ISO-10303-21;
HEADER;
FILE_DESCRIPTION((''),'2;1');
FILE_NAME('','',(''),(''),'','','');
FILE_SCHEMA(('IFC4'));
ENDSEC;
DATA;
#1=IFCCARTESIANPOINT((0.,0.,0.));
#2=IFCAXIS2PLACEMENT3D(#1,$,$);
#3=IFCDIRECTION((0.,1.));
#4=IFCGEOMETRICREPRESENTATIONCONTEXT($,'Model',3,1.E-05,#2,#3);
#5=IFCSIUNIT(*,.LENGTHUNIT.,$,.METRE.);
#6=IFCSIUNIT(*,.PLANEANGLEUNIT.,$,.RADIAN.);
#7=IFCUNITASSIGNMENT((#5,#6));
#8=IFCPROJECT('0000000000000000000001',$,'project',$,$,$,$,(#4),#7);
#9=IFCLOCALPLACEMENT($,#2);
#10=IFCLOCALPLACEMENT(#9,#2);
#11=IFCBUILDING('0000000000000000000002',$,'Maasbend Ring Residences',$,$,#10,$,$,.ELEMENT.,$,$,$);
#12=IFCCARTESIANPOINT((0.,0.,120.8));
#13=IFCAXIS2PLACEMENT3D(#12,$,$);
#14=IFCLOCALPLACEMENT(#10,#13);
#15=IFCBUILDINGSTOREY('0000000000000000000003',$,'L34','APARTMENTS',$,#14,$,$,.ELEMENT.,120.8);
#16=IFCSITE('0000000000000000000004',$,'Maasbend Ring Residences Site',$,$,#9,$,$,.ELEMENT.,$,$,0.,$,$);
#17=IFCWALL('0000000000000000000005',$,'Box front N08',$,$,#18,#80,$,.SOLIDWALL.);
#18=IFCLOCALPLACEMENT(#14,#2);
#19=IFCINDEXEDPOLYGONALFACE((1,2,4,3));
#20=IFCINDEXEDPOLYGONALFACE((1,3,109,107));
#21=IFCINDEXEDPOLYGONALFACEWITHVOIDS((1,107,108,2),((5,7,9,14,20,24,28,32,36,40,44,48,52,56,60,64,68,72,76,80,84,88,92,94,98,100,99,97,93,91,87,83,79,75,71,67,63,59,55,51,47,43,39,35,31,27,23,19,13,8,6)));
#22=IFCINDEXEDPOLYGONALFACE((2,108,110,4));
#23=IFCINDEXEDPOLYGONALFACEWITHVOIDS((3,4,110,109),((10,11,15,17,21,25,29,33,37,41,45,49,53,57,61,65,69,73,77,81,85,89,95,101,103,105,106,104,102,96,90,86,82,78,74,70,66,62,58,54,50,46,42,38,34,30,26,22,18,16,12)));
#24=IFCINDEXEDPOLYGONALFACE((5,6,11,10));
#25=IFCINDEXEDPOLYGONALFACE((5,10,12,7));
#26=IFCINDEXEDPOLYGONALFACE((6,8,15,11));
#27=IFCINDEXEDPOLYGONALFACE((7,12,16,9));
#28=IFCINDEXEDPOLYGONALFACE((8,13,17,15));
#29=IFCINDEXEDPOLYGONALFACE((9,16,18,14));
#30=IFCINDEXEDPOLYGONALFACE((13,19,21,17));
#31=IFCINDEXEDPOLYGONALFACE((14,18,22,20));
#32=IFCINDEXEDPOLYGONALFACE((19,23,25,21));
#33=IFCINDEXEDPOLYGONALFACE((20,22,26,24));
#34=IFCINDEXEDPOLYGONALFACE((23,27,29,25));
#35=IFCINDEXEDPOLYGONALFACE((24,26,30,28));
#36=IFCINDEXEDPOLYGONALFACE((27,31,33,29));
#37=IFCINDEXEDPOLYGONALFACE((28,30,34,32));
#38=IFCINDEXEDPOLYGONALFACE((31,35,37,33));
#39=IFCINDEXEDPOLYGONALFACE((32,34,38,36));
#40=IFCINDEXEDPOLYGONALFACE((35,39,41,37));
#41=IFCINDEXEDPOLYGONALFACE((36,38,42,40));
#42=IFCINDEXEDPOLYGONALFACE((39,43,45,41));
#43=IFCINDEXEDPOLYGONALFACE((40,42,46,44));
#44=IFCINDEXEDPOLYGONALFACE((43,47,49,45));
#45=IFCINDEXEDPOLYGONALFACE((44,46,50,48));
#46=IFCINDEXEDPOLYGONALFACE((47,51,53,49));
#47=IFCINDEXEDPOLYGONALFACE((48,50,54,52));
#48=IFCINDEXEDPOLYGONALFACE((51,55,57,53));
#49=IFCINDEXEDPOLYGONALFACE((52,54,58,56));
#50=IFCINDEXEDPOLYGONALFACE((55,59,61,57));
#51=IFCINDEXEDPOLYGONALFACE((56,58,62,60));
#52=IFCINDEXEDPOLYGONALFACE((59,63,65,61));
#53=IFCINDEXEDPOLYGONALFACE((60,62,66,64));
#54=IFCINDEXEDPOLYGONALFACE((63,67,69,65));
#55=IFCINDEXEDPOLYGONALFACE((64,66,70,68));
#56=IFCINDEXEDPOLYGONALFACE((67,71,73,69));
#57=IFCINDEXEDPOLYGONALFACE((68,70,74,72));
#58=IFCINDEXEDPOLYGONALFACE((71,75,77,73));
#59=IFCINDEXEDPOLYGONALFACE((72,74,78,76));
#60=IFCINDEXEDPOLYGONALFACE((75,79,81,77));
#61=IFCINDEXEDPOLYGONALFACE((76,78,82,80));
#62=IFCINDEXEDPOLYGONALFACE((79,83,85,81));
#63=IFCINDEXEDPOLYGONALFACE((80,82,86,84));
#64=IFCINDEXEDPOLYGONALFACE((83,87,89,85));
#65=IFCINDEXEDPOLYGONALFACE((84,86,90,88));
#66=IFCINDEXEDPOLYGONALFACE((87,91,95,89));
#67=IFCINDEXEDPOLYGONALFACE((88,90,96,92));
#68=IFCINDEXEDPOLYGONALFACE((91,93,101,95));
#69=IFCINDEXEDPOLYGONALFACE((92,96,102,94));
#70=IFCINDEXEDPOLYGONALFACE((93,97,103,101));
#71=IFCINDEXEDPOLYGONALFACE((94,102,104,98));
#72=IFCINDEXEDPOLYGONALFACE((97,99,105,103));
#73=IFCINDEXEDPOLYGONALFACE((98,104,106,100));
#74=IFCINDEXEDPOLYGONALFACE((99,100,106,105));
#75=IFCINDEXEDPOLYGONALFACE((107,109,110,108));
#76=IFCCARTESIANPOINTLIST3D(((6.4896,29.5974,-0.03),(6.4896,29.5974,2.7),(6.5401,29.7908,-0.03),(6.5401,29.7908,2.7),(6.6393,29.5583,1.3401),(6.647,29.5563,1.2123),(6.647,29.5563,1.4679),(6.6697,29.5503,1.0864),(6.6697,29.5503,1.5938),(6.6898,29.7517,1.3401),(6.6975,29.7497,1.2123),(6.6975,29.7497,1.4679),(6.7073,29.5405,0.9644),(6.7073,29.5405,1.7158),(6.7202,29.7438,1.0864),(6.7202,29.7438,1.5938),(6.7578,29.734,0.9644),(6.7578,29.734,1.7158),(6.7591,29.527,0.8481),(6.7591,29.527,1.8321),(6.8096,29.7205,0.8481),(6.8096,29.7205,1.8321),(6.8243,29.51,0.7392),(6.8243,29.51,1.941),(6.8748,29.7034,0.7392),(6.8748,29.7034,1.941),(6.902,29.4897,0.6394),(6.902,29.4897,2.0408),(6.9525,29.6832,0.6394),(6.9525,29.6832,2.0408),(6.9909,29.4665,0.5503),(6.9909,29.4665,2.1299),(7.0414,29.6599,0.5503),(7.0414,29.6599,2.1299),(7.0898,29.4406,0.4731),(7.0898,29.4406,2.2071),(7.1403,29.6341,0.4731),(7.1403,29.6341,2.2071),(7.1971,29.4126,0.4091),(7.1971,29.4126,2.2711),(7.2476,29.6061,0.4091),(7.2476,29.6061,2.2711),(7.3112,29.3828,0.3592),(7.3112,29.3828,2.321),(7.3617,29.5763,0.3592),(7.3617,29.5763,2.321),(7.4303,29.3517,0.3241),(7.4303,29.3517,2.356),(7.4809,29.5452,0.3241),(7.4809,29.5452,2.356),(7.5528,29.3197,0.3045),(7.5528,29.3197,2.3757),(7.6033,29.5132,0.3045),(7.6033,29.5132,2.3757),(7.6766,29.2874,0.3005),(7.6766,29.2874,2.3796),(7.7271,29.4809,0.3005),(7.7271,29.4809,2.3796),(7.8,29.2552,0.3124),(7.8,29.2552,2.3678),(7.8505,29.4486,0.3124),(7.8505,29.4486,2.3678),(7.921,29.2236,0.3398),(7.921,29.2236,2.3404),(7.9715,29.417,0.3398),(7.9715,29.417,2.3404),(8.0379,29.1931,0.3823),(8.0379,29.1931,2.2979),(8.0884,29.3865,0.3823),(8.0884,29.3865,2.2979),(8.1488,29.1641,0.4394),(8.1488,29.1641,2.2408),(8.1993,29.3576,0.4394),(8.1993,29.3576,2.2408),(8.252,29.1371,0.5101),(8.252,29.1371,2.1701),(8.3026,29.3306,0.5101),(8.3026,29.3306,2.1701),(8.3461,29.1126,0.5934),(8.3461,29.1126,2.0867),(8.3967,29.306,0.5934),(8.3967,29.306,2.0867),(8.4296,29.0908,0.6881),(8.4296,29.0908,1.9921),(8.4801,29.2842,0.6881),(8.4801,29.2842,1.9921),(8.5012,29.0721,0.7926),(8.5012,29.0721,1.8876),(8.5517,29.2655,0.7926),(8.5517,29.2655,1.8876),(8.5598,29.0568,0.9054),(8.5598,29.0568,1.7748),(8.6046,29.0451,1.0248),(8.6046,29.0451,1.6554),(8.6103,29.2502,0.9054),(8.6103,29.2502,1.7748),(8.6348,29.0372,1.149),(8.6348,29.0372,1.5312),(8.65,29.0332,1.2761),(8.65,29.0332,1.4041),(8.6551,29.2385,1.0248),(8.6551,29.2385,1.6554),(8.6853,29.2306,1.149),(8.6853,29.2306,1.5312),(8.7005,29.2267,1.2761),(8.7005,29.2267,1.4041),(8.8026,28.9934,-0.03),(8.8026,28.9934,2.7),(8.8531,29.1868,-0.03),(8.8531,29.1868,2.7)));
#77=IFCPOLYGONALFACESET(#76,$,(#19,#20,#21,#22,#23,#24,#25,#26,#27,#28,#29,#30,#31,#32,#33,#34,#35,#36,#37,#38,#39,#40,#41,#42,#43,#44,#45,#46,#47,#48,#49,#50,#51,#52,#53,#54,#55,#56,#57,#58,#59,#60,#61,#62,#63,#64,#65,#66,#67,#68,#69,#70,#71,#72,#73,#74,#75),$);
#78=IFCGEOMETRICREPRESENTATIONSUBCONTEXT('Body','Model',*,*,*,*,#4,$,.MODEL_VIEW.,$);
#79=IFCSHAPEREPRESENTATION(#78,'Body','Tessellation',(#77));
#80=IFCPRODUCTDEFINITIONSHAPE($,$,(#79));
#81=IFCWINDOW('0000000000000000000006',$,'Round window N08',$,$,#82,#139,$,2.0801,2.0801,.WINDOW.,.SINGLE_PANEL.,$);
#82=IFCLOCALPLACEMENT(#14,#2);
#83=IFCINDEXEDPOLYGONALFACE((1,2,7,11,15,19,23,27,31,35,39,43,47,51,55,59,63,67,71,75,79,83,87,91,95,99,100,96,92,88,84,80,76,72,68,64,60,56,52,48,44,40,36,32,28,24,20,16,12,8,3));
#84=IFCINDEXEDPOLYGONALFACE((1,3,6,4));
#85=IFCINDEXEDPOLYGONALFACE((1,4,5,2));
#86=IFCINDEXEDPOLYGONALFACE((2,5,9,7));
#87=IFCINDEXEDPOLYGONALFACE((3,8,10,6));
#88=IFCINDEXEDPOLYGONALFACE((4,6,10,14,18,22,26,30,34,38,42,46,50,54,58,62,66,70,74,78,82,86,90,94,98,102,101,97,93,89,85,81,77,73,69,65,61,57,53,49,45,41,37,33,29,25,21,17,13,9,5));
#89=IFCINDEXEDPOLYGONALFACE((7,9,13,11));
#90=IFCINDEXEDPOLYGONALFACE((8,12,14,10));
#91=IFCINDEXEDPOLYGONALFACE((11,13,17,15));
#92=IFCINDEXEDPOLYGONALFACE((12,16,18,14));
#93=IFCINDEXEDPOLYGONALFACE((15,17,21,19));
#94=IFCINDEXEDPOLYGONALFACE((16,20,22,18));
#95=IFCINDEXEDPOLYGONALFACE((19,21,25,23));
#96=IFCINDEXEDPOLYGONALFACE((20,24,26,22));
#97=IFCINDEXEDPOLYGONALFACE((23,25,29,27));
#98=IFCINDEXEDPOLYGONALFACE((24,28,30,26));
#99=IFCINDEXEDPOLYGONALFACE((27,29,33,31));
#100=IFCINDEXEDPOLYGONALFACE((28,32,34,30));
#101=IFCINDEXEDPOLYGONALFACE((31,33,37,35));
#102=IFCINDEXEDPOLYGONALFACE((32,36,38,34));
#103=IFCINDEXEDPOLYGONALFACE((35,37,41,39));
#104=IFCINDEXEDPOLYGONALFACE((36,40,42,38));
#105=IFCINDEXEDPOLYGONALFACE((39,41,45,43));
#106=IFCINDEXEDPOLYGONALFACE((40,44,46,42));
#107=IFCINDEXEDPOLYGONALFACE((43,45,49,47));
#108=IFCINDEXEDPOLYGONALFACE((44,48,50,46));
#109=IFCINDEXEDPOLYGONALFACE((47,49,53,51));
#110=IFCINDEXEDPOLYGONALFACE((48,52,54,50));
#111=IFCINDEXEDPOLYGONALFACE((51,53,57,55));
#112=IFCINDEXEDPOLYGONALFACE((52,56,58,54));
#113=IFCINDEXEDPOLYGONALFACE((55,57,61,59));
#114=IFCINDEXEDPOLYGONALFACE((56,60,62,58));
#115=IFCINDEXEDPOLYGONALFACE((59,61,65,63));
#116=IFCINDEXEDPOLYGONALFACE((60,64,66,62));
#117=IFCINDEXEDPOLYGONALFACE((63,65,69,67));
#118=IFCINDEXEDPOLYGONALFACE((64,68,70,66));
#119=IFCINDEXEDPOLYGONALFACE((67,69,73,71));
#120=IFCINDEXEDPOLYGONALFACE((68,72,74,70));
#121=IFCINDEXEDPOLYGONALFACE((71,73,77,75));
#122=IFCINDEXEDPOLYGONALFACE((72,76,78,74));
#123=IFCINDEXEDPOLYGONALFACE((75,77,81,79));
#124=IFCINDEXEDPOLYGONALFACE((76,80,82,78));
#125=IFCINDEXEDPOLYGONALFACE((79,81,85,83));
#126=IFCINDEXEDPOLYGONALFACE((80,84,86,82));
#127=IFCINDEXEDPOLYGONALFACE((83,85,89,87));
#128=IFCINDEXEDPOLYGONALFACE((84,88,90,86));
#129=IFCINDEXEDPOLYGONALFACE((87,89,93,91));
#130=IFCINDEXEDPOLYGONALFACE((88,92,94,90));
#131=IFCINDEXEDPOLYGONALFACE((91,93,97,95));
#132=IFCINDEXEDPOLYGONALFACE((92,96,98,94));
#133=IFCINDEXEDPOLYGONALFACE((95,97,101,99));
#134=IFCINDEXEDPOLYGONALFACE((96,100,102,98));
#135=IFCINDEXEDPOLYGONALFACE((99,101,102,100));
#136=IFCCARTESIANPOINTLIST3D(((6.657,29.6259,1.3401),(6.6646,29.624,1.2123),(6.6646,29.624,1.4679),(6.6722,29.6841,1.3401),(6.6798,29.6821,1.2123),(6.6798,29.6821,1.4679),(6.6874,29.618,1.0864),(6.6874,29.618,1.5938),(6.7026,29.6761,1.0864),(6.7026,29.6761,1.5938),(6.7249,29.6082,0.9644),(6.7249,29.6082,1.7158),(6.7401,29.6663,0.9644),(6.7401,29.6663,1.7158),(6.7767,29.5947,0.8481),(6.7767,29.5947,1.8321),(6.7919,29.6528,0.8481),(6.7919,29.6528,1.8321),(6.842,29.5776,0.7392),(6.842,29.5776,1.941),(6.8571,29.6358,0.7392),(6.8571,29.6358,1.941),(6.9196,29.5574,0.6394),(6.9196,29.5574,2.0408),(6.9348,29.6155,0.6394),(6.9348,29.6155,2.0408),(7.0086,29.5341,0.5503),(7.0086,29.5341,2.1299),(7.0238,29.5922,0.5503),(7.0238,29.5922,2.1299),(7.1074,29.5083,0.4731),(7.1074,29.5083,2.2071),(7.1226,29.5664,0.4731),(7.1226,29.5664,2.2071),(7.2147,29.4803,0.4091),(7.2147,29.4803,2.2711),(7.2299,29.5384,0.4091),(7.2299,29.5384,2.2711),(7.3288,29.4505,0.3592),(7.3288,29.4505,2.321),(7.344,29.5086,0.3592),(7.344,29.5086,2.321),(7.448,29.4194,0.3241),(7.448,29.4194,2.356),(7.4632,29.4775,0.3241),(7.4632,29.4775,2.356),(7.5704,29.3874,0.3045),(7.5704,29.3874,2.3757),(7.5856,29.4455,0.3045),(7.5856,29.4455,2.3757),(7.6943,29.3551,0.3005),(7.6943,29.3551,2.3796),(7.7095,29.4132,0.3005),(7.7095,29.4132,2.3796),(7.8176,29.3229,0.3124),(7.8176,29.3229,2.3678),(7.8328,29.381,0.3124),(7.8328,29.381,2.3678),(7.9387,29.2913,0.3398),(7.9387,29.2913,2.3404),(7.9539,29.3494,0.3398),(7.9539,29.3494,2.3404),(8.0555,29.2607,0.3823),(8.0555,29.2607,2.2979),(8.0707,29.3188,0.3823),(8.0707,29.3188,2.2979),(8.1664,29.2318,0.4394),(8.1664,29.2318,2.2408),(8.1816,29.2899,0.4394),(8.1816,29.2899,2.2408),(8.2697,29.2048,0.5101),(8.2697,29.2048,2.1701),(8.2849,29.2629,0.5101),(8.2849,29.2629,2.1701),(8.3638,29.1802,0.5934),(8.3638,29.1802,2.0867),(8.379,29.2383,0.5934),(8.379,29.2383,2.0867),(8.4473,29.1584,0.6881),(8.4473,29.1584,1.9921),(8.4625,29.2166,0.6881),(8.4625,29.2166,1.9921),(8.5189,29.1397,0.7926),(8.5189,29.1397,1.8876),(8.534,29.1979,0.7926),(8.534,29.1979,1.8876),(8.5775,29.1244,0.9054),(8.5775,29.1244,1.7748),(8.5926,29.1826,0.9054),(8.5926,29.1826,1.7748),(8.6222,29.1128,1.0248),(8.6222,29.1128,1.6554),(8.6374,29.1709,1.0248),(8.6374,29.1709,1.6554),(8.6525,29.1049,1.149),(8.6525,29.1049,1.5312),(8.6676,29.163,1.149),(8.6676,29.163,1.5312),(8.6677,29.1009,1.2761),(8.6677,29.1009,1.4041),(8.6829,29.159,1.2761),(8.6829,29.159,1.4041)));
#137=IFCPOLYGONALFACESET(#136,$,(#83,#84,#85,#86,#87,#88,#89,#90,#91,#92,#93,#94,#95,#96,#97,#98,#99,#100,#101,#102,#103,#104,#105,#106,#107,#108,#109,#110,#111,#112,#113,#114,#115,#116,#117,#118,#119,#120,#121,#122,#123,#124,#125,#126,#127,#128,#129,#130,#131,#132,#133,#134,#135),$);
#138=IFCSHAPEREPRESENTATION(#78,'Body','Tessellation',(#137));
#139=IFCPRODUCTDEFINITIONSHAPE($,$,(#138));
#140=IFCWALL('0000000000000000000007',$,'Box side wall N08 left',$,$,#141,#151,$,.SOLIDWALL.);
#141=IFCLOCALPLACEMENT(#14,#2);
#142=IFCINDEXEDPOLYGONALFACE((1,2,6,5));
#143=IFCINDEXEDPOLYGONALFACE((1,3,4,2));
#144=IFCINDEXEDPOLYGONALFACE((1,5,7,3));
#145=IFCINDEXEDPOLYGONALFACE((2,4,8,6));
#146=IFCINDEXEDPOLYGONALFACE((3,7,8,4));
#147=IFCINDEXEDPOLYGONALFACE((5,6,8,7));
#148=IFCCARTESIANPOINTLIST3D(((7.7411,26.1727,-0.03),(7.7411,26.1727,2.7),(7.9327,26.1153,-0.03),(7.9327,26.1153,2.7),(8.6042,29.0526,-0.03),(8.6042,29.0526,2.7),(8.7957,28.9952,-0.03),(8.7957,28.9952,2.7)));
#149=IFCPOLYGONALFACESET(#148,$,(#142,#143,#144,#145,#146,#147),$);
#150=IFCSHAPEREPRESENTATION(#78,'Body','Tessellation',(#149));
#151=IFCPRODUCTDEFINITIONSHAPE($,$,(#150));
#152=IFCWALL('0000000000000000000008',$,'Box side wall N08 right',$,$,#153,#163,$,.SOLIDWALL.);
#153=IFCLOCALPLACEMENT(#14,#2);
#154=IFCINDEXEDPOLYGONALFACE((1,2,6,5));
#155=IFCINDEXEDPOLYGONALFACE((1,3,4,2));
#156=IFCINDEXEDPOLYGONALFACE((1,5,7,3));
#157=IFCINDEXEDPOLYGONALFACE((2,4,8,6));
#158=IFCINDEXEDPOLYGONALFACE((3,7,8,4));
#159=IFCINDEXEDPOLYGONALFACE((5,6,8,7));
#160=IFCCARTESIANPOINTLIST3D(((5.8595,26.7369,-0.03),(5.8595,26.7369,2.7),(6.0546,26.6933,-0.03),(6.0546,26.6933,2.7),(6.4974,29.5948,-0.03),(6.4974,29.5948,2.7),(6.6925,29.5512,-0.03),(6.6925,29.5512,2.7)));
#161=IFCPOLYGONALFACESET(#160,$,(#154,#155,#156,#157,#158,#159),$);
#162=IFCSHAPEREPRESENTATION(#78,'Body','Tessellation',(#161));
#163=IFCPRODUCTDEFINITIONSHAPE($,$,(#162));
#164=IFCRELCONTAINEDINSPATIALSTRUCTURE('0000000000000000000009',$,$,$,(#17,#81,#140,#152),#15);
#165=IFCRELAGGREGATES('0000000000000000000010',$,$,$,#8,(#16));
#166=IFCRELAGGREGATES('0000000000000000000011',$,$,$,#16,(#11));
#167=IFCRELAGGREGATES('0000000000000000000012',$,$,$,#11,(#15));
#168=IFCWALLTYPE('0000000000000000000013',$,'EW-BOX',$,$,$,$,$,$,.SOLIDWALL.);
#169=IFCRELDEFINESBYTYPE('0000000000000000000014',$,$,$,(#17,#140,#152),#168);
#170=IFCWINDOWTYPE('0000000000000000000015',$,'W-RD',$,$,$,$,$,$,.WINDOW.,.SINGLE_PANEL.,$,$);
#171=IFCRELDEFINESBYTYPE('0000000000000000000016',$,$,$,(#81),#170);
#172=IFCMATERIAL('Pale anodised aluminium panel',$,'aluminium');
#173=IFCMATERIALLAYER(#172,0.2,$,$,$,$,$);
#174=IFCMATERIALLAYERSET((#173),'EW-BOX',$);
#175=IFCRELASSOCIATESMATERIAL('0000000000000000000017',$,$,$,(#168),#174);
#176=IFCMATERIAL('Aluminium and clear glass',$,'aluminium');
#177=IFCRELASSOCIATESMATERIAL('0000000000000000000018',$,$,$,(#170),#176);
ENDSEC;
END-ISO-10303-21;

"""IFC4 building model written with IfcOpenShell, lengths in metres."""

from ifc_helpers import new_model, si_unit, direction, frame, frame_2d, origin, place, context, subcontext, project, spatial, rectangle, circle, extrude, material, layer, layer_set, type_object, element, fill, save


model = new_model("IFC4")

# Units and contexts
model_context = context("Model", 3, precision=1e-05, world=origin(), true_north=direction((0.0, 1.0)))
body_context = subcontext(model_context, "Body", "Model", "MODEL_VIEW")
ifc_project = project(units=[si_unit("LENGTHUNIT", "METRE"), si_unit("PLANEANGLEUNIT", "RADIAN")], contexts=[model_context])

# Site, building, storey
site_placement = place(None, origin())
site = spatial("IfcSite", under=ifc_project, at=site_placement, Name="Maasbend Ring Residences Site", CompositionType="ELEMENT", RefElevation=0.0)
building_placement = place(site_placement, origin())
building = spatial("IfcBuilding", under=site, at=building_placement, Name="Maasbend Ring Residences", CompositionType="ELEMENT")
storey_placement = place(building_placement, frame((0.0, 0.0, 120.8)))
storey = spatial("IfcBuildingStorey", under=building, at=storey_placement, Name="L34", Description="APARTMENTS", CompositionType="ELEMENT", Elevation=120.8)

# Wall, opening, window
ifc_material_1 = material(Name="Pale anodised aluminium panel", Category="aluminium")
ifc_layer_1 = layer(ifc_material_1, 0.2)
ifc_layer_set_1 = layer_set([ifc_layer_1], Name="EW-BOX")
wall_type_1 = type_object("IfcWallType", Name="EW-BOX", PredefinedType="SOLIDWALL", material=ifc_layer_set_1)
wall_1_placement = place(storey_placement, frame((8.8279, 29.0901, -0.03), z_axis=(0.0, 0.0, 1.0), x_axis=(-0.967554, 0.252663, 0.0)))
wall_1 = element("IfcWall", 1, at=wall_1_placement, inside=storey, type_object=wall_type_1, Name="Box front N08", PredefinedType="SOLIDWALL", context=body_context, shape_type="SweptSolid", body=[
    extrude(rectangle(XDim=2.3906, YDim=0.2, at=frame_2d((1.1953, 0.0))), origin(), (0.0, 0.0, 1.0), 2.73),
])
opening_1_placement = place(wall_1_placement, frame((0.1558, 0.0, 0.3301)))
opening_1 = element("IfcOpeningElement", 2, at=opening_1_placement, cuts=wall_1, PredefinedType="OPENING", context=body_context, shape_type="SweptSolid", body=[
    extrude(circle(Radius=1.04, at=frame_2d((1.04, 1.04))), frame((0.0, 0.1099, 0.0), z_axis=(0.0, -1.0, 0.0), x_axis=(1.0, 0.0, 0.0)), (0.0, 0.0, 1.0), 0.22),
])
ifc_material_2 = material(Name="Aluminium and clear glass", Category="aluminium")
window_type_1 = type_object("IfcWindowType", Name="W-RD", PartitioningType="SINGLE_PANEL", PredefinedType="WINDOW", material=ifc_material_2)
window_1_placement = place(opening_1_placement, origin())
window_1 = element("IfcWindow", 3, at=window_1_placement, inside=storey, type_object=window_type_1, Name="Round window N08", OverallHeight=2.0801, OverallWidth=2.0801, PartitioningType="SINGLE_PANEL", PredefinedType="WINDOW", context=body_context, shape_type="SweptSolid", body=[
    extrude(circle(Radius=1.04, at=frame_2d((1.04, 1.04))), frame((0.0, 0.03, 0.0), z_axis=(0.0, -1.0, 0.0), x_axis=(1.0, 0.0, 0.0)), (0.0, 0.0, 1.0), 0.0601),
])
fill(opening_1, window_1)

# Walls
wall_2_placement = place(storey_placement, frame((7.8369, 26.144, -0.03), z_axis=(0.0, 0.0, 1.0), x_axis=(0.287065, 0.957911, 0.0)))
element("IfcWall", 4, at=wall_2_placement, inside=storey, type_object=wall_type_1, Name="Box side wall N08 left", PredefinedType="SOLIDWALL", context=body_context, shape_type="SweptSolid", body=[
    extrude(rectangle(XDim=3.0063, YDim=0.2, at=frame_2d((1.5032, 0.0))), origin(), (0.0, 0.0, 1.0), 2.73),
])
wall_3_placement = place(storey_placement, frame((5.957, 26.7151, -0.03), z_axis=(0.0, 0.0, 1.0), x_axis=(0.217857, 0.975981, 0.0)))
element("IfcWall", 5, at=wall_3_placement, inside=storey, type_object=wall_type_1, Name="Box side wall N08 right", PredefinedType="SOLIDWALL", context=body_context, shape_type="SweptSolid", body=[
    extrude(rectangle(XDim=2.9282, YDim=0.2, at=frame_2d((1.4641, 0.0))), origin(), (0.0, 0.0, 1.0), 2.73),
])

save(model, "model.ifc")
